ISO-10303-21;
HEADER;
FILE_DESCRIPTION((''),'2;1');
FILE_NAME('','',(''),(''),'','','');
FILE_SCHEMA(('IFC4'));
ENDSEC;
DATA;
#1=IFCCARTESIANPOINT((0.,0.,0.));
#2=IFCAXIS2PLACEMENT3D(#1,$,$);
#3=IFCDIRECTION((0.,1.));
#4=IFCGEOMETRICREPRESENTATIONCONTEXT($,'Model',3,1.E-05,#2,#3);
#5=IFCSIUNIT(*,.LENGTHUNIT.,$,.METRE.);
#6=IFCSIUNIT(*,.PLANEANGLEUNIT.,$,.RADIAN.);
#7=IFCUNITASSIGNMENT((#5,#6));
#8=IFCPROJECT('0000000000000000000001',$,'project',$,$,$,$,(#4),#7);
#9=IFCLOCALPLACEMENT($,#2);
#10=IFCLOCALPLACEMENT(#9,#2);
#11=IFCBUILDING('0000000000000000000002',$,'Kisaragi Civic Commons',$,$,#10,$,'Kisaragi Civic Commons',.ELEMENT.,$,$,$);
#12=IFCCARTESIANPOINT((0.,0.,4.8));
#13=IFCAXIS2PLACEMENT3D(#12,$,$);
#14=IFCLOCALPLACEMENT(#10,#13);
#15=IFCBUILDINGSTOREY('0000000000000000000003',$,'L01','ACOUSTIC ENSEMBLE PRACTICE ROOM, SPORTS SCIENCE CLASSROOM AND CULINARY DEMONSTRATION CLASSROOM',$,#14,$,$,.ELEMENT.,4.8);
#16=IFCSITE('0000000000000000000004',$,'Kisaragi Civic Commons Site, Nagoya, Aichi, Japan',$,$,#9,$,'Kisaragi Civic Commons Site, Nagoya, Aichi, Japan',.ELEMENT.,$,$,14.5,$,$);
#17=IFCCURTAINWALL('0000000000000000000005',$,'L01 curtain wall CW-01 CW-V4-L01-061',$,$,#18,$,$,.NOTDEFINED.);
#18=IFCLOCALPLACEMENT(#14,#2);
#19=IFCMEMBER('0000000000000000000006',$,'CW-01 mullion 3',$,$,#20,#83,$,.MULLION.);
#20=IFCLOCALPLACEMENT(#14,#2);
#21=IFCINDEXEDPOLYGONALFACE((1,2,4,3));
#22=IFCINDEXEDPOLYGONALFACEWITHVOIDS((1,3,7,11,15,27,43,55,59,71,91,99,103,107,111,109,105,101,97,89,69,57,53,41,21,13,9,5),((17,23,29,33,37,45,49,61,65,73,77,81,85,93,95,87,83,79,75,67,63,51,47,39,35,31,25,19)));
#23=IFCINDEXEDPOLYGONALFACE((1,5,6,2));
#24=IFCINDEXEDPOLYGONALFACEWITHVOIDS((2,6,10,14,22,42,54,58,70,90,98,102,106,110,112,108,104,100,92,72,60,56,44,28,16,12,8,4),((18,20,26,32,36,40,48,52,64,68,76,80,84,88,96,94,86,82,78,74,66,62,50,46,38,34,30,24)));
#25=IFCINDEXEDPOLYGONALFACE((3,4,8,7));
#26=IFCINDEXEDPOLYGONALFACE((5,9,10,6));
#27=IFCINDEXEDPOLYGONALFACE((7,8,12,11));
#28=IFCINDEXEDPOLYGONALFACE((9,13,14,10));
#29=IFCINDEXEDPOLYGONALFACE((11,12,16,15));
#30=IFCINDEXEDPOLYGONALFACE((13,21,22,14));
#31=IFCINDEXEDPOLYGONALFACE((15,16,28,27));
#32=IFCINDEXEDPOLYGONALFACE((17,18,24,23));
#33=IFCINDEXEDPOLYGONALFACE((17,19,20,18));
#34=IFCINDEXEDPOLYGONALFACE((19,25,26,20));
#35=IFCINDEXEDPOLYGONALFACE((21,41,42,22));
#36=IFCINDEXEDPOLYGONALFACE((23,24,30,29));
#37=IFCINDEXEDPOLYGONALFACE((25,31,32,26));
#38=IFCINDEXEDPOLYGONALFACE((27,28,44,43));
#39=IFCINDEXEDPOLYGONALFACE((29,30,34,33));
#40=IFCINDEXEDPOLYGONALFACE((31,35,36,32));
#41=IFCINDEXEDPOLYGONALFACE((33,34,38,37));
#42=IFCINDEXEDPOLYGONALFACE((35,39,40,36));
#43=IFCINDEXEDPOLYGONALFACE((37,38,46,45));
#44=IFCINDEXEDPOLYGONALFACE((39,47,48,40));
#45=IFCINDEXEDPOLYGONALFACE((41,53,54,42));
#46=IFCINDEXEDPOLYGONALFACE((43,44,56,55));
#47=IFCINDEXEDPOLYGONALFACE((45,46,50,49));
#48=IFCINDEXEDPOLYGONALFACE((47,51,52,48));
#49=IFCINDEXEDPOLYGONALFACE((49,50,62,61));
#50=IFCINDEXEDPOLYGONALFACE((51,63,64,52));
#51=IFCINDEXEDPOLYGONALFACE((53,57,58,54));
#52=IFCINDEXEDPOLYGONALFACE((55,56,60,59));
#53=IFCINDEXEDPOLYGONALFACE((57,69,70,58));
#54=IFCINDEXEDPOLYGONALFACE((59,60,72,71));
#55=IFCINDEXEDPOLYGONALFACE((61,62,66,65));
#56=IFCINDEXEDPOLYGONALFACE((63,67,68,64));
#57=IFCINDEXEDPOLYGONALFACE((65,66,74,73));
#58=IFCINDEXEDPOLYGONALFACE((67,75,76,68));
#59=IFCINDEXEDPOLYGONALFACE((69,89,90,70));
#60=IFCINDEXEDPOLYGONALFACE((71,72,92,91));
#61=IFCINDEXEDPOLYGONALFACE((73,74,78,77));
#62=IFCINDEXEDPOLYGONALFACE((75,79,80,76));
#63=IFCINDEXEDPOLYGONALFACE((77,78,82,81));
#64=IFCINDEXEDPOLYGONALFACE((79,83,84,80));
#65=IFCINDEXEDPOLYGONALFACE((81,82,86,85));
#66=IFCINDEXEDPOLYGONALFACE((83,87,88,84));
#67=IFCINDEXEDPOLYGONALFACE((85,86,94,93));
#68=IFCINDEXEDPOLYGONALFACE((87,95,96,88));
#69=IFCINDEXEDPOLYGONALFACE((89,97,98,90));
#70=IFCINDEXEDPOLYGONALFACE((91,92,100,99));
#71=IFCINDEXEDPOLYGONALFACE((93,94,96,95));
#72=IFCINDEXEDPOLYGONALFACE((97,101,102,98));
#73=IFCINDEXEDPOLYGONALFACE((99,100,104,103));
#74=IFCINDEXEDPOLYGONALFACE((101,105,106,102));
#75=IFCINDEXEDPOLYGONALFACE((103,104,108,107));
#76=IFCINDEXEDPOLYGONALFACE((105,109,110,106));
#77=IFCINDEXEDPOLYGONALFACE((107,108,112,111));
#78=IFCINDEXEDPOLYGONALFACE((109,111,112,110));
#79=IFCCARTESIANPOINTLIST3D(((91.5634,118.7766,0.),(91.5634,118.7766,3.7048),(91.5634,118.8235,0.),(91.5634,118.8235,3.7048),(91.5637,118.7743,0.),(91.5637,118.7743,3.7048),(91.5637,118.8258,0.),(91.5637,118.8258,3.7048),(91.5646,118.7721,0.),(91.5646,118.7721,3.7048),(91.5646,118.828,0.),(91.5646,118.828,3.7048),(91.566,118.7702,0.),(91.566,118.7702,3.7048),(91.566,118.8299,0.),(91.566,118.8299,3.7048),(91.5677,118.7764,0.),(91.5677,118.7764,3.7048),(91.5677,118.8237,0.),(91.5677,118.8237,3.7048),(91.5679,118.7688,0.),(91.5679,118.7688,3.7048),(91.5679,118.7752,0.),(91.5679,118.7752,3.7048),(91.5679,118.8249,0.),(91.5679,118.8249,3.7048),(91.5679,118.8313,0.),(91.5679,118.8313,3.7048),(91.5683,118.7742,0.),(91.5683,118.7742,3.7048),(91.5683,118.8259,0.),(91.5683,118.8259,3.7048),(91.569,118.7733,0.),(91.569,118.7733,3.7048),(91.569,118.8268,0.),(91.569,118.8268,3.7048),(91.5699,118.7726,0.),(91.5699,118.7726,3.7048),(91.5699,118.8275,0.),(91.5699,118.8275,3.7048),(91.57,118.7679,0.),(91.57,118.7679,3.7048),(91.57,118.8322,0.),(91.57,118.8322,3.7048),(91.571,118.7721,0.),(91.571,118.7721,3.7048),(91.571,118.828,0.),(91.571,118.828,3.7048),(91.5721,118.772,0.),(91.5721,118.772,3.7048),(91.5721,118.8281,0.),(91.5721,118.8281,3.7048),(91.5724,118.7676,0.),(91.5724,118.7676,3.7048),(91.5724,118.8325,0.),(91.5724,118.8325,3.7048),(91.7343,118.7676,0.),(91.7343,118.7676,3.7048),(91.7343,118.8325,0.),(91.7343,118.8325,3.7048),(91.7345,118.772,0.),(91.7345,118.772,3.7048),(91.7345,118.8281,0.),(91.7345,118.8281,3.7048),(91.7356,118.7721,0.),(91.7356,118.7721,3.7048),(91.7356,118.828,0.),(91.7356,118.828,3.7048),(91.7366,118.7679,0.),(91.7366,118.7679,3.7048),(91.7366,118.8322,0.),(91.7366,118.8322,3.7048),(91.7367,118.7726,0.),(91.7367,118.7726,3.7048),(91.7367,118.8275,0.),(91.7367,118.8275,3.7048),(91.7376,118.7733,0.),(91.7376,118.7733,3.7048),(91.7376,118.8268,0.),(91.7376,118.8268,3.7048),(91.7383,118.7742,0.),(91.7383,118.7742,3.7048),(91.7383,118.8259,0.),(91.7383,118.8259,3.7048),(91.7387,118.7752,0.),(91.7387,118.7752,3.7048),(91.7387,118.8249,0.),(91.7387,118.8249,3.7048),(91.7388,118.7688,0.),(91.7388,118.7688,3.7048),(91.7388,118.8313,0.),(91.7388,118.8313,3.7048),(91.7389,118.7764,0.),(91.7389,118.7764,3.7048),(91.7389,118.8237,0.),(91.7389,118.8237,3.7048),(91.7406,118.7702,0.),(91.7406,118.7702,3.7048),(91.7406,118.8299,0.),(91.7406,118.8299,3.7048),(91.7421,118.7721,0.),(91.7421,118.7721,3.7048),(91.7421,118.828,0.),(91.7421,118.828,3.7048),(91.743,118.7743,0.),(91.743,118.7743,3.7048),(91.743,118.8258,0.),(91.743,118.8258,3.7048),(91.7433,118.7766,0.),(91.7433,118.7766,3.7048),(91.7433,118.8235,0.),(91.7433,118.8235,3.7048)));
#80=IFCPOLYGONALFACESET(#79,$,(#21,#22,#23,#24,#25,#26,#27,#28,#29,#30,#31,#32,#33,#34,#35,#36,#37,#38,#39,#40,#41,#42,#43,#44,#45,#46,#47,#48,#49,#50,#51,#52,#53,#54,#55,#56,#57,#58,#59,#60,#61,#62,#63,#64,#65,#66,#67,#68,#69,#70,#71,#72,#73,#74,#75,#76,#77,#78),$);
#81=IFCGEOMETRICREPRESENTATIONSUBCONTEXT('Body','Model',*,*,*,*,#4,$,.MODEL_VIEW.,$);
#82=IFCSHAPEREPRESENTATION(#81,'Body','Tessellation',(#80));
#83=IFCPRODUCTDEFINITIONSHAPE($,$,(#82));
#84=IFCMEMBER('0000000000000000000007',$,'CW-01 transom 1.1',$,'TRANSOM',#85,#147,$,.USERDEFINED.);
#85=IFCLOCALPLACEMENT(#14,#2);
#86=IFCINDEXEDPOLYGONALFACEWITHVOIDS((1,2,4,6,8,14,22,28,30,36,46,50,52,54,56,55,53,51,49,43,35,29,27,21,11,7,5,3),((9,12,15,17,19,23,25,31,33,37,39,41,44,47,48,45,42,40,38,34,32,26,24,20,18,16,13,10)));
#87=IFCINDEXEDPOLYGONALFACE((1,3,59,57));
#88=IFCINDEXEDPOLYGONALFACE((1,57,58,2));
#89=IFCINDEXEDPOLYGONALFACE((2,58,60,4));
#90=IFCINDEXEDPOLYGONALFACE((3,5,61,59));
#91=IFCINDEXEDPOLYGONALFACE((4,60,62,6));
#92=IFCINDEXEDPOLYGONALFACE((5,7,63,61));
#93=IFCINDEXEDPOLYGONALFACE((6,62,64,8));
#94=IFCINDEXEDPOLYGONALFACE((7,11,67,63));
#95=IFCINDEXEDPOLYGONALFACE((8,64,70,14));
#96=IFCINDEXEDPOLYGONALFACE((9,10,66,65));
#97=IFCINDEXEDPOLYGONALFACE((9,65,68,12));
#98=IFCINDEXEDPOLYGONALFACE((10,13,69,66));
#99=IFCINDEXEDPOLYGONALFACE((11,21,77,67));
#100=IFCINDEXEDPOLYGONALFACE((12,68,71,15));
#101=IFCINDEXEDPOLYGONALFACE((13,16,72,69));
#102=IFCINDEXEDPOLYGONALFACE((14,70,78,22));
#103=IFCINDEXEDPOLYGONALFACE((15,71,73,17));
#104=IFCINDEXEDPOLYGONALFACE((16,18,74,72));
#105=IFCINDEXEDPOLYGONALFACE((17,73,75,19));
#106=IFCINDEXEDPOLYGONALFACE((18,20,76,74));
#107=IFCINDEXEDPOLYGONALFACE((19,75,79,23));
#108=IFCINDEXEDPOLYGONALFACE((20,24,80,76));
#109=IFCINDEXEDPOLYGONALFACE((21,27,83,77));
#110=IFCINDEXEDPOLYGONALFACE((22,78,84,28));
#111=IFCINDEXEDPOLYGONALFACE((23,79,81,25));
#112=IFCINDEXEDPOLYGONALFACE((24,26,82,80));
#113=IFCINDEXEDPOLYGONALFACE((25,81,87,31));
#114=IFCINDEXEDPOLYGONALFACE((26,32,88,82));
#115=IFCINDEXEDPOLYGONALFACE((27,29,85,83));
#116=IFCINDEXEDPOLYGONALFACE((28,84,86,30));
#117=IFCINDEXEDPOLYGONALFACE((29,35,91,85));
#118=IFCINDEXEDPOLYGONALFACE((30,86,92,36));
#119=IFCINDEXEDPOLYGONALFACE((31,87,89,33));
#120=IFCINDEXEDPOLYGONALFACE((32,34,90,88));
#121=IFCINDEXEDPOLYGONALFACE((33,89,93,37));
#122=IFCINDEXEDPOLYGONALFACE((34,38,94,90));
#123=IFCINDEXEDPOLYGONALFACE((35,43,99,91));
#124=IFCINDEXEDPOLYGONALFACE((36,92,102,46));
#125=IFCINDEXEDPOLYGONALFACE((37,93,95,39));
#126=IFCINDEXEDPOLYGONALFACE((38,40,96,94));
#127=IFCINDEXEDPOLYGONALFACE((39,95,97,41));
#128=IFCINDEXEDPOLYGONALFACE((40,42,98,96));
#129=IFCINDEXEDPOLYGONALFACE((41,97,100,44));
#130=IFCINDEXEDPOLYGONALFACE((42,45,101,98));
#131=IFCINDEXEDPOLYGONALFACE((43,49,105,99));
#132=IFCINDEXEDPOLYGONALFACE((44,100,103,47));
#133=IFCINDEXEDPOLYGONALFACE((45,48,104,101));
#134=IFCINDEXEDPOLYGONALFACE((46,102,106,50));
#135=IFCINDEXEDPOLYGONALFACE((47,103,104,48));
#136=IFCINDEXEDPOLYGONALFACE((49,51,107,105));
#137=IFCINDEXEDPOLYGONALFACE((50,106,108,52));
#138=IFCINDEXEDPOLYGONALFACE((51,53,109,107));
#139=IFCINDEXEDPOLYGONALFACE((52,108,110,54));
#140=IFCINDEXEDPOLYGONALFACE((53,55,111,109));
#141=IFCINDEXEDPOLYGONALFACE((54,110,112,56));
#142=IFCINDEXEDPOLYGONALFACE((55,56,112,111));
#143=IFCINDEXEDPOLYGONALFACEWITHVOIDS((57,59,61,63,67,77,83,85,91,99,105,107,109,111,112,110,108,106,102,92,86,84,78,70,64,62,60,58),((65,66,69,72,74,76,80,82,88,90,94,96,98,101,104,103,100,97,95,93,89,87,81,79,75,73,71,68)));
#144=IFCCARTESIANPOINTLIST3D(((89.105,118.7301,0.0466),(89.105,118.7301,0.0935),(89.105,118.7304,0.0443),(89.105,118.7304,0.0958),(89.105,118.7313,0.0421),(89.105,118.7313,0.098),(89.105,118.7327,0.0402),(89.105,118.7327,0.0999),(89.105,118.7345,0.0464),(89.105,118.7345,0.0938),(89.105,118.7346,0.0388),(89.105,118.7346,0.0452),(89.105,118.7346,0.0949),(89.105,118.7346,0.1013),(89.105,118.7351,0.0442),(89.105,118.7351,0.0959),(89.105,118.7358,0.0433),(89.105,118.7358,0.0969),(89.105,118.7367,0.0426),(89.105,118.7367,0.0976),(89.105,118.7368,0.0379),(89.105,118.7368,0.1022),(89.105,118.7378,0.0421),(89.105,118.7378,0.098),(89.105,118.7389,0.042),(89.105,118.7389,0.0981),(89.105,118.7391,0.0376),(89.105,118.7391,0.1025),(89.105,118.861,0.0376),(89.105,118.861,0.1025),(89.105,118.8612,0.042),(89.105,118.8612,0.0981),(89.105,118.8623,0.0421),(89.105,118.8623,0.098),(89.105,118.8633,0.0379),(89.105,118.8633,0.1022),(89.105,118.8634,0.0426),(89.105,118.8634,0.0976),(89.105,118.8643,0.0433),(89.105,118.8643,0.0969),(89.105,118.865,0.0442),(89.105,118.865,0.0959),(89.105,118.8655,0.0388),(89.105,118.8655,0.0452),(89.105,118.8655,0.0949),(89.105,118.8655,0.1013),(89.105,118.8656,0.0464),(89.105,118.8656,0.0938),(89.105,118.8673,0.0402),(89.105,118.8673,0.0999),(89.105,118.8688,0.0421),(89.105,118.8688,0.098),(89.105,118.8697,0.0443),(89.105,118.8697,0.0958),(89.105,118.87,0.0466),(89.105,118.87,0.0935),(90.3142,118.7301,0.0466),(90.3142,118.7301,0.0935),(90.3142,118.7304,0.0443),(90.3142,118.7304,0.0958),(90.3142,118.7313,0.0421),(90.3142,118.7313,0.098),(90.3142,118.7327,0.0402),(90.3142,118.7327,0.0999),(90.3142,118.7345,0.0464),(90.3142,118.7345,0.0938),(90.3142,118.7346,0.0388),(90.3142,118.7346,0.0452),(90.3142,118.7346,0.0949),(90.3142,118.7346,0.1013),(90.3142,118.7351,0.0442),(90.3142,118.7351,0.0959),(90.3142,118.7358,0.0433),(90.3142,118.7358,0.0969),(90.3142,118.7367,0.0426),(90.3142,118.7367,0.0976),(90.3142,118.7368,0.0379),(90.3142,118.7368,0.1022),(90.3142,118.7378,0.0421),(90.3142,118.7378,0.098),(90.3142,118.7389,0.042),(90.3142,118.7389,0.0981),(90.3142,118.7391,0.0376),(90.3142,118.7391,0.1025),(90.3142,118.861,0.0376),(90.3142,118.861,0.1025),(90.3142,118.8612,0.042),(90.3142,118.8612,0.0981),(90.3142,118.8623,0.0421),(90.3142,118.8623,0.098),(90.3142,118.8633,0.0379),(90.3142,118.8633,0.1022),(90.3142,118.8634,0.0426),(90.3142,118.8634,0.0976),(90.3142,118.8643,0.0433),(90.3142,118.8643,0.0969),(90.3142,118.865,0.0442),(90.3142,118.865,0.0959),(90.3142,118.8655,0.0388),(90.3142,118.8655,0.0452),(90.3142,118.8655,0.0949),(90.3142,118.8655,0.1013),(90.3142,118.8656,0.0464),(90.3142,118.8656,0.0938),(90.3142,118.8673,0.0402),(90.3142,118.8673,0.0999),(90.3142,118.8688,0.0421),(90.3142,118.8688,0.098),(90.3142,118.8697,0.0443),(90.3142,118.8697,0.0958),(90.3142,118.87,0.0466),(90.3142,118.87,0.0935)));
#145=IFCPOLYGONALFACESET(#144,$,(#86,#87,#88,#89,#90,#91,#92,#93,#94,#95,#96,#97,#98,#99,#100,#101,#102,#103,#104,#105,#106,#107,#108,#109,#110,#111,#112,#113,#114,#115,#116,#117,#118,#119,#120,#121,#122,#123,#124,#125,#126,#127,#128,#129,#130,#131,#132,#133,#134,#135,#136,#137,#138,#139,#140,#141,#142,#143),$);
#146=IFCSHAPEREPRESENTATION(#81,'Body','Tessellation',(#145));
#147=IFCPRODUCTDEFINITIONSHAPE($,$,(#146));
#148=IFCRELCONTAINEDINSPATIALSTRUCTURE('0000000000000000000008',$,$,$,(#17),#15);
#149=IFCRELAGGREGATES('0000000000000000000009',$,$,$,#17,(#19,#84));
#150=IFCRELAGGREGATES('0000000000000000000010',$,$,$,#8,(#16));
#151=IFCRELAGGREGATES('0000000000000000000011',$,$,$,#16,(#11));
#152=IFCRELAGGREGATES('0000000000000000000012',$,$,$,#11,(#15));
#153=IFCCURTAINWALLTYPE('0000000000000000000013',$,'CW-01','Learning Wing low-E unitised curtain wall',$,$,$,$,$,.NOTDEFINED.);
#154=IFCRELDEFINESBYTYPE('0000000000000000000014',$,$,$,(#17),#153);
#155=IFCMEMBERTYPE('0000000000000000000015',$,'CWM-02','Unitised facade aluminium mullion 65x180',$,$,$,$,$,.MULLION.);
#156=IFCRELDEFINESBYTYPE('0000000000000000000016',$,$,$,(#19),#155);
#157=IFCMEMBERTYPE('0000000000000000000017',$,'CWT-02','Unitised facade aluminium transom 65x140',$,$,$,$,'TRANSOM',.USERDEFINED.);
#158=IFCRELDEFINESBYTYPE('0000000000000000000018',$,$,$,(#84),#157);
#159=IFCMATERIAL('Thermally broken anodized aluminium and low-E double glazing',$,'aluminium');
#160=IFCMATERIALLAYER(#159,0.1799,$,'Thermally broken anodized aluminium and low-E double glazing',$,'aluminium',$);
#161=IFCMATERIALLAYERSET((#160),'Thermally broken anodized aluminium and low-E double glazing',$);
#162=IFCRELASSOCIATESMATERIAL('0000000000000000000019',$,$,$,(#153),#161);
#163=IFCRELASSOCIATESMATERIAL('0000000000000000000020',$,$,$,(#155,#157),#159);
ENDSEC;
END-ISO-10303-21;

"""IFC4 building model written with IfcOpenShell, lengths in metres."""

from ifc_helpers import new_model, si_unit, direction, frame, origin, origin_2d, place, context, subcontext, project, spatial, hollow_rectangle, extrude, material, layer, layer_set, material_profile, profile_set, type_object, element, aggregate, save


model = new_model("IFC4")

# Units and contexts
model_context = context("Model", 3, precision=1e-05, world=origin(), true_north=direction((0.0, 1.0)))
body_context = subcontext(model_context, "Body", "Model", "MODEL_VIEW")
ifc_project = project(units=[si_unit("LENGTHUNIT", "METRE"), si_unit("PLANEANGLEUNIT", "RADIAN")], contexts=[model_context])

# Site, building, storey
site_placement = place(None, origin())
site = spatial("IfcSite", under=ifc_project, at=site_placement, Name="Kisaragi Civic Commons Site, Nagoya, Aichi, Japan", LongName="Kisaragi Civic Commons Site, Nagoya, Aichi, Japan", CompositionType="ELEMENT", RefElevation=14.5)
building_placement = place(site_placement, origin())
building = spatial("IfcBuilding", under=site, at=building_placement, Name="Kisaragi Civic Commons", LongName="Kisaragi Civic Commons", CompositionType="ELEMENT")
storey_placement = place(building_placement, frame((0.0, 0.0, 4.8)))
storey = spatial("IfcBuildingStorey", under=building, at=storey_placement, Name="L01", Description="ACOUSTIC ENSEMBLE PRACTICE ROOM, SPORTS SCIENCE CLASSROOM AND CULINARY DEMONSTRATION CLASSROOM", CompositionType="ELEMENT", Elevation=4.8)

# Curtain wall, members
ifc_material_1 = material(Name="Thermally broken anodized aluminium and low-E double glazing", Category="aluminium")
ifc_layer_1 = layer(ifc_material_1, 0.1799, Name="Thermally broken anodized aluminium and low-E double glazing", Category="aluminium")
ifc_layer_set_1 = layer_set([ifc_layer_1], Name="Thermally broken anodized aluminium and low-E double glazing")
curtain_wall_type = type_object("IfcCurtainWallType", Name="CW-01", Description="Learning Wing low-E unitised curtain wall", PredefinedType="NOTDEFINED", material=ifc_layer_set_1)
curtain_wall_placement = place(storey_placement, origin())
curtain_wall = element("IfcCurtainWall", 1, at=curtain_wall_placement, inside=storey, type_object=curtain_wall_type, Name="L01 curtain wall CW-01 CW-V4-L01-061", PredefinedType="NOTDEFINED")
ifc_material_profile_1 = material_profile(ifc_material_1, hollow_rectangle(XDim=0.0649, YDim=0.1799, WallThickness=0.0044, InnerFilletRadius=0.0044, OuterFilletRadius=0.009, at=origin_2d()), Name="CWM-65x180x4.5", Category="aluminium")
ifc_profile_set_1 = profile_set([ifc_material_profile_1], Name="Thermally broken anodized aluminium and low-E double glazing")
member_type_1 = type_object("IfcMemberType", Name="CWM-02", Description="Unitised facade aluminium mullion 65x180", PredefinedType="MULLION", material=ifc_profile_set_1)
member_1_placement = place(storey_placement, frame((91.6533, 118.8, 0.0), z_axis=(0.0, 0.0, 1.0), x_axis=(0.0, 1.0, 0.0)))
member_1 = element("IfcMember", 2, at=member_1_placement, type_object=member_type_1, Name="CW-01 mullion 3", PredefinedType="MULLION", context=body_context, shape_type="SweptSolid", body=[
    extrude(hollow_rectangle(XDim=0.0649, YDim=0.1799, WallThickness=0.0044, InnerFilletRadius=0.0044, OuterFilletRadius=0.009, at=origin_2d()), origin(), (0.0, 0.0, 1.0), 3.7048),
])
ifc_material_profile_2 = material_profile(ifc_material_1, hollow_rectangle(XDim=0.1399, YDim=0.0649, WallThickness=0.0044, InnerFilletRadius=0.0044, OuterFilletRadius=0.009, at=origin_2d()), Name="CWT-65x140x4.5", Category="aluminium")
ifc_profile_set_2 = profile_set([ifc_material_profile_2], Name="Thermally broken anodized aluminium and low-E double glazing")
member_type_2 = type_object("IfcMemberType", Name="CWT-02", Description="Unitised facade aluminium transom 65x140", ElementType="TRANSOM", PredefinedType="USERDEFINED", material=ifc_profile_set_2)
member_2_placement = place(storey_placement, frame((89.105, 118.8, 0.0701), z_axis=(1.0, 0.0, 0.0), x_axis=(0.0, 1.0, 0.0)))
member_2 = element("IfcMember", 3, at=member_2_placement, type_object=member_type_2, Name="CW-01 transom 1.1", ObjectType="TRANSOM", PredefinedType="USERDEFINED", context=body_context, shape_type="SweptSolid", body=[
    extrude(hollow_rectangle(XDim=0.1399, YDim=0.0649, WallThickness=0.0044, InnerFilletRadius=0.0044, OuterFilletRadius=0.009, at=origin_2d()), origin(), (0.0, 0.0, 1.0), 1.2092),
])

aggregate(curtain_wall, [member_1, member_2])

save(model, "model.ifc")
